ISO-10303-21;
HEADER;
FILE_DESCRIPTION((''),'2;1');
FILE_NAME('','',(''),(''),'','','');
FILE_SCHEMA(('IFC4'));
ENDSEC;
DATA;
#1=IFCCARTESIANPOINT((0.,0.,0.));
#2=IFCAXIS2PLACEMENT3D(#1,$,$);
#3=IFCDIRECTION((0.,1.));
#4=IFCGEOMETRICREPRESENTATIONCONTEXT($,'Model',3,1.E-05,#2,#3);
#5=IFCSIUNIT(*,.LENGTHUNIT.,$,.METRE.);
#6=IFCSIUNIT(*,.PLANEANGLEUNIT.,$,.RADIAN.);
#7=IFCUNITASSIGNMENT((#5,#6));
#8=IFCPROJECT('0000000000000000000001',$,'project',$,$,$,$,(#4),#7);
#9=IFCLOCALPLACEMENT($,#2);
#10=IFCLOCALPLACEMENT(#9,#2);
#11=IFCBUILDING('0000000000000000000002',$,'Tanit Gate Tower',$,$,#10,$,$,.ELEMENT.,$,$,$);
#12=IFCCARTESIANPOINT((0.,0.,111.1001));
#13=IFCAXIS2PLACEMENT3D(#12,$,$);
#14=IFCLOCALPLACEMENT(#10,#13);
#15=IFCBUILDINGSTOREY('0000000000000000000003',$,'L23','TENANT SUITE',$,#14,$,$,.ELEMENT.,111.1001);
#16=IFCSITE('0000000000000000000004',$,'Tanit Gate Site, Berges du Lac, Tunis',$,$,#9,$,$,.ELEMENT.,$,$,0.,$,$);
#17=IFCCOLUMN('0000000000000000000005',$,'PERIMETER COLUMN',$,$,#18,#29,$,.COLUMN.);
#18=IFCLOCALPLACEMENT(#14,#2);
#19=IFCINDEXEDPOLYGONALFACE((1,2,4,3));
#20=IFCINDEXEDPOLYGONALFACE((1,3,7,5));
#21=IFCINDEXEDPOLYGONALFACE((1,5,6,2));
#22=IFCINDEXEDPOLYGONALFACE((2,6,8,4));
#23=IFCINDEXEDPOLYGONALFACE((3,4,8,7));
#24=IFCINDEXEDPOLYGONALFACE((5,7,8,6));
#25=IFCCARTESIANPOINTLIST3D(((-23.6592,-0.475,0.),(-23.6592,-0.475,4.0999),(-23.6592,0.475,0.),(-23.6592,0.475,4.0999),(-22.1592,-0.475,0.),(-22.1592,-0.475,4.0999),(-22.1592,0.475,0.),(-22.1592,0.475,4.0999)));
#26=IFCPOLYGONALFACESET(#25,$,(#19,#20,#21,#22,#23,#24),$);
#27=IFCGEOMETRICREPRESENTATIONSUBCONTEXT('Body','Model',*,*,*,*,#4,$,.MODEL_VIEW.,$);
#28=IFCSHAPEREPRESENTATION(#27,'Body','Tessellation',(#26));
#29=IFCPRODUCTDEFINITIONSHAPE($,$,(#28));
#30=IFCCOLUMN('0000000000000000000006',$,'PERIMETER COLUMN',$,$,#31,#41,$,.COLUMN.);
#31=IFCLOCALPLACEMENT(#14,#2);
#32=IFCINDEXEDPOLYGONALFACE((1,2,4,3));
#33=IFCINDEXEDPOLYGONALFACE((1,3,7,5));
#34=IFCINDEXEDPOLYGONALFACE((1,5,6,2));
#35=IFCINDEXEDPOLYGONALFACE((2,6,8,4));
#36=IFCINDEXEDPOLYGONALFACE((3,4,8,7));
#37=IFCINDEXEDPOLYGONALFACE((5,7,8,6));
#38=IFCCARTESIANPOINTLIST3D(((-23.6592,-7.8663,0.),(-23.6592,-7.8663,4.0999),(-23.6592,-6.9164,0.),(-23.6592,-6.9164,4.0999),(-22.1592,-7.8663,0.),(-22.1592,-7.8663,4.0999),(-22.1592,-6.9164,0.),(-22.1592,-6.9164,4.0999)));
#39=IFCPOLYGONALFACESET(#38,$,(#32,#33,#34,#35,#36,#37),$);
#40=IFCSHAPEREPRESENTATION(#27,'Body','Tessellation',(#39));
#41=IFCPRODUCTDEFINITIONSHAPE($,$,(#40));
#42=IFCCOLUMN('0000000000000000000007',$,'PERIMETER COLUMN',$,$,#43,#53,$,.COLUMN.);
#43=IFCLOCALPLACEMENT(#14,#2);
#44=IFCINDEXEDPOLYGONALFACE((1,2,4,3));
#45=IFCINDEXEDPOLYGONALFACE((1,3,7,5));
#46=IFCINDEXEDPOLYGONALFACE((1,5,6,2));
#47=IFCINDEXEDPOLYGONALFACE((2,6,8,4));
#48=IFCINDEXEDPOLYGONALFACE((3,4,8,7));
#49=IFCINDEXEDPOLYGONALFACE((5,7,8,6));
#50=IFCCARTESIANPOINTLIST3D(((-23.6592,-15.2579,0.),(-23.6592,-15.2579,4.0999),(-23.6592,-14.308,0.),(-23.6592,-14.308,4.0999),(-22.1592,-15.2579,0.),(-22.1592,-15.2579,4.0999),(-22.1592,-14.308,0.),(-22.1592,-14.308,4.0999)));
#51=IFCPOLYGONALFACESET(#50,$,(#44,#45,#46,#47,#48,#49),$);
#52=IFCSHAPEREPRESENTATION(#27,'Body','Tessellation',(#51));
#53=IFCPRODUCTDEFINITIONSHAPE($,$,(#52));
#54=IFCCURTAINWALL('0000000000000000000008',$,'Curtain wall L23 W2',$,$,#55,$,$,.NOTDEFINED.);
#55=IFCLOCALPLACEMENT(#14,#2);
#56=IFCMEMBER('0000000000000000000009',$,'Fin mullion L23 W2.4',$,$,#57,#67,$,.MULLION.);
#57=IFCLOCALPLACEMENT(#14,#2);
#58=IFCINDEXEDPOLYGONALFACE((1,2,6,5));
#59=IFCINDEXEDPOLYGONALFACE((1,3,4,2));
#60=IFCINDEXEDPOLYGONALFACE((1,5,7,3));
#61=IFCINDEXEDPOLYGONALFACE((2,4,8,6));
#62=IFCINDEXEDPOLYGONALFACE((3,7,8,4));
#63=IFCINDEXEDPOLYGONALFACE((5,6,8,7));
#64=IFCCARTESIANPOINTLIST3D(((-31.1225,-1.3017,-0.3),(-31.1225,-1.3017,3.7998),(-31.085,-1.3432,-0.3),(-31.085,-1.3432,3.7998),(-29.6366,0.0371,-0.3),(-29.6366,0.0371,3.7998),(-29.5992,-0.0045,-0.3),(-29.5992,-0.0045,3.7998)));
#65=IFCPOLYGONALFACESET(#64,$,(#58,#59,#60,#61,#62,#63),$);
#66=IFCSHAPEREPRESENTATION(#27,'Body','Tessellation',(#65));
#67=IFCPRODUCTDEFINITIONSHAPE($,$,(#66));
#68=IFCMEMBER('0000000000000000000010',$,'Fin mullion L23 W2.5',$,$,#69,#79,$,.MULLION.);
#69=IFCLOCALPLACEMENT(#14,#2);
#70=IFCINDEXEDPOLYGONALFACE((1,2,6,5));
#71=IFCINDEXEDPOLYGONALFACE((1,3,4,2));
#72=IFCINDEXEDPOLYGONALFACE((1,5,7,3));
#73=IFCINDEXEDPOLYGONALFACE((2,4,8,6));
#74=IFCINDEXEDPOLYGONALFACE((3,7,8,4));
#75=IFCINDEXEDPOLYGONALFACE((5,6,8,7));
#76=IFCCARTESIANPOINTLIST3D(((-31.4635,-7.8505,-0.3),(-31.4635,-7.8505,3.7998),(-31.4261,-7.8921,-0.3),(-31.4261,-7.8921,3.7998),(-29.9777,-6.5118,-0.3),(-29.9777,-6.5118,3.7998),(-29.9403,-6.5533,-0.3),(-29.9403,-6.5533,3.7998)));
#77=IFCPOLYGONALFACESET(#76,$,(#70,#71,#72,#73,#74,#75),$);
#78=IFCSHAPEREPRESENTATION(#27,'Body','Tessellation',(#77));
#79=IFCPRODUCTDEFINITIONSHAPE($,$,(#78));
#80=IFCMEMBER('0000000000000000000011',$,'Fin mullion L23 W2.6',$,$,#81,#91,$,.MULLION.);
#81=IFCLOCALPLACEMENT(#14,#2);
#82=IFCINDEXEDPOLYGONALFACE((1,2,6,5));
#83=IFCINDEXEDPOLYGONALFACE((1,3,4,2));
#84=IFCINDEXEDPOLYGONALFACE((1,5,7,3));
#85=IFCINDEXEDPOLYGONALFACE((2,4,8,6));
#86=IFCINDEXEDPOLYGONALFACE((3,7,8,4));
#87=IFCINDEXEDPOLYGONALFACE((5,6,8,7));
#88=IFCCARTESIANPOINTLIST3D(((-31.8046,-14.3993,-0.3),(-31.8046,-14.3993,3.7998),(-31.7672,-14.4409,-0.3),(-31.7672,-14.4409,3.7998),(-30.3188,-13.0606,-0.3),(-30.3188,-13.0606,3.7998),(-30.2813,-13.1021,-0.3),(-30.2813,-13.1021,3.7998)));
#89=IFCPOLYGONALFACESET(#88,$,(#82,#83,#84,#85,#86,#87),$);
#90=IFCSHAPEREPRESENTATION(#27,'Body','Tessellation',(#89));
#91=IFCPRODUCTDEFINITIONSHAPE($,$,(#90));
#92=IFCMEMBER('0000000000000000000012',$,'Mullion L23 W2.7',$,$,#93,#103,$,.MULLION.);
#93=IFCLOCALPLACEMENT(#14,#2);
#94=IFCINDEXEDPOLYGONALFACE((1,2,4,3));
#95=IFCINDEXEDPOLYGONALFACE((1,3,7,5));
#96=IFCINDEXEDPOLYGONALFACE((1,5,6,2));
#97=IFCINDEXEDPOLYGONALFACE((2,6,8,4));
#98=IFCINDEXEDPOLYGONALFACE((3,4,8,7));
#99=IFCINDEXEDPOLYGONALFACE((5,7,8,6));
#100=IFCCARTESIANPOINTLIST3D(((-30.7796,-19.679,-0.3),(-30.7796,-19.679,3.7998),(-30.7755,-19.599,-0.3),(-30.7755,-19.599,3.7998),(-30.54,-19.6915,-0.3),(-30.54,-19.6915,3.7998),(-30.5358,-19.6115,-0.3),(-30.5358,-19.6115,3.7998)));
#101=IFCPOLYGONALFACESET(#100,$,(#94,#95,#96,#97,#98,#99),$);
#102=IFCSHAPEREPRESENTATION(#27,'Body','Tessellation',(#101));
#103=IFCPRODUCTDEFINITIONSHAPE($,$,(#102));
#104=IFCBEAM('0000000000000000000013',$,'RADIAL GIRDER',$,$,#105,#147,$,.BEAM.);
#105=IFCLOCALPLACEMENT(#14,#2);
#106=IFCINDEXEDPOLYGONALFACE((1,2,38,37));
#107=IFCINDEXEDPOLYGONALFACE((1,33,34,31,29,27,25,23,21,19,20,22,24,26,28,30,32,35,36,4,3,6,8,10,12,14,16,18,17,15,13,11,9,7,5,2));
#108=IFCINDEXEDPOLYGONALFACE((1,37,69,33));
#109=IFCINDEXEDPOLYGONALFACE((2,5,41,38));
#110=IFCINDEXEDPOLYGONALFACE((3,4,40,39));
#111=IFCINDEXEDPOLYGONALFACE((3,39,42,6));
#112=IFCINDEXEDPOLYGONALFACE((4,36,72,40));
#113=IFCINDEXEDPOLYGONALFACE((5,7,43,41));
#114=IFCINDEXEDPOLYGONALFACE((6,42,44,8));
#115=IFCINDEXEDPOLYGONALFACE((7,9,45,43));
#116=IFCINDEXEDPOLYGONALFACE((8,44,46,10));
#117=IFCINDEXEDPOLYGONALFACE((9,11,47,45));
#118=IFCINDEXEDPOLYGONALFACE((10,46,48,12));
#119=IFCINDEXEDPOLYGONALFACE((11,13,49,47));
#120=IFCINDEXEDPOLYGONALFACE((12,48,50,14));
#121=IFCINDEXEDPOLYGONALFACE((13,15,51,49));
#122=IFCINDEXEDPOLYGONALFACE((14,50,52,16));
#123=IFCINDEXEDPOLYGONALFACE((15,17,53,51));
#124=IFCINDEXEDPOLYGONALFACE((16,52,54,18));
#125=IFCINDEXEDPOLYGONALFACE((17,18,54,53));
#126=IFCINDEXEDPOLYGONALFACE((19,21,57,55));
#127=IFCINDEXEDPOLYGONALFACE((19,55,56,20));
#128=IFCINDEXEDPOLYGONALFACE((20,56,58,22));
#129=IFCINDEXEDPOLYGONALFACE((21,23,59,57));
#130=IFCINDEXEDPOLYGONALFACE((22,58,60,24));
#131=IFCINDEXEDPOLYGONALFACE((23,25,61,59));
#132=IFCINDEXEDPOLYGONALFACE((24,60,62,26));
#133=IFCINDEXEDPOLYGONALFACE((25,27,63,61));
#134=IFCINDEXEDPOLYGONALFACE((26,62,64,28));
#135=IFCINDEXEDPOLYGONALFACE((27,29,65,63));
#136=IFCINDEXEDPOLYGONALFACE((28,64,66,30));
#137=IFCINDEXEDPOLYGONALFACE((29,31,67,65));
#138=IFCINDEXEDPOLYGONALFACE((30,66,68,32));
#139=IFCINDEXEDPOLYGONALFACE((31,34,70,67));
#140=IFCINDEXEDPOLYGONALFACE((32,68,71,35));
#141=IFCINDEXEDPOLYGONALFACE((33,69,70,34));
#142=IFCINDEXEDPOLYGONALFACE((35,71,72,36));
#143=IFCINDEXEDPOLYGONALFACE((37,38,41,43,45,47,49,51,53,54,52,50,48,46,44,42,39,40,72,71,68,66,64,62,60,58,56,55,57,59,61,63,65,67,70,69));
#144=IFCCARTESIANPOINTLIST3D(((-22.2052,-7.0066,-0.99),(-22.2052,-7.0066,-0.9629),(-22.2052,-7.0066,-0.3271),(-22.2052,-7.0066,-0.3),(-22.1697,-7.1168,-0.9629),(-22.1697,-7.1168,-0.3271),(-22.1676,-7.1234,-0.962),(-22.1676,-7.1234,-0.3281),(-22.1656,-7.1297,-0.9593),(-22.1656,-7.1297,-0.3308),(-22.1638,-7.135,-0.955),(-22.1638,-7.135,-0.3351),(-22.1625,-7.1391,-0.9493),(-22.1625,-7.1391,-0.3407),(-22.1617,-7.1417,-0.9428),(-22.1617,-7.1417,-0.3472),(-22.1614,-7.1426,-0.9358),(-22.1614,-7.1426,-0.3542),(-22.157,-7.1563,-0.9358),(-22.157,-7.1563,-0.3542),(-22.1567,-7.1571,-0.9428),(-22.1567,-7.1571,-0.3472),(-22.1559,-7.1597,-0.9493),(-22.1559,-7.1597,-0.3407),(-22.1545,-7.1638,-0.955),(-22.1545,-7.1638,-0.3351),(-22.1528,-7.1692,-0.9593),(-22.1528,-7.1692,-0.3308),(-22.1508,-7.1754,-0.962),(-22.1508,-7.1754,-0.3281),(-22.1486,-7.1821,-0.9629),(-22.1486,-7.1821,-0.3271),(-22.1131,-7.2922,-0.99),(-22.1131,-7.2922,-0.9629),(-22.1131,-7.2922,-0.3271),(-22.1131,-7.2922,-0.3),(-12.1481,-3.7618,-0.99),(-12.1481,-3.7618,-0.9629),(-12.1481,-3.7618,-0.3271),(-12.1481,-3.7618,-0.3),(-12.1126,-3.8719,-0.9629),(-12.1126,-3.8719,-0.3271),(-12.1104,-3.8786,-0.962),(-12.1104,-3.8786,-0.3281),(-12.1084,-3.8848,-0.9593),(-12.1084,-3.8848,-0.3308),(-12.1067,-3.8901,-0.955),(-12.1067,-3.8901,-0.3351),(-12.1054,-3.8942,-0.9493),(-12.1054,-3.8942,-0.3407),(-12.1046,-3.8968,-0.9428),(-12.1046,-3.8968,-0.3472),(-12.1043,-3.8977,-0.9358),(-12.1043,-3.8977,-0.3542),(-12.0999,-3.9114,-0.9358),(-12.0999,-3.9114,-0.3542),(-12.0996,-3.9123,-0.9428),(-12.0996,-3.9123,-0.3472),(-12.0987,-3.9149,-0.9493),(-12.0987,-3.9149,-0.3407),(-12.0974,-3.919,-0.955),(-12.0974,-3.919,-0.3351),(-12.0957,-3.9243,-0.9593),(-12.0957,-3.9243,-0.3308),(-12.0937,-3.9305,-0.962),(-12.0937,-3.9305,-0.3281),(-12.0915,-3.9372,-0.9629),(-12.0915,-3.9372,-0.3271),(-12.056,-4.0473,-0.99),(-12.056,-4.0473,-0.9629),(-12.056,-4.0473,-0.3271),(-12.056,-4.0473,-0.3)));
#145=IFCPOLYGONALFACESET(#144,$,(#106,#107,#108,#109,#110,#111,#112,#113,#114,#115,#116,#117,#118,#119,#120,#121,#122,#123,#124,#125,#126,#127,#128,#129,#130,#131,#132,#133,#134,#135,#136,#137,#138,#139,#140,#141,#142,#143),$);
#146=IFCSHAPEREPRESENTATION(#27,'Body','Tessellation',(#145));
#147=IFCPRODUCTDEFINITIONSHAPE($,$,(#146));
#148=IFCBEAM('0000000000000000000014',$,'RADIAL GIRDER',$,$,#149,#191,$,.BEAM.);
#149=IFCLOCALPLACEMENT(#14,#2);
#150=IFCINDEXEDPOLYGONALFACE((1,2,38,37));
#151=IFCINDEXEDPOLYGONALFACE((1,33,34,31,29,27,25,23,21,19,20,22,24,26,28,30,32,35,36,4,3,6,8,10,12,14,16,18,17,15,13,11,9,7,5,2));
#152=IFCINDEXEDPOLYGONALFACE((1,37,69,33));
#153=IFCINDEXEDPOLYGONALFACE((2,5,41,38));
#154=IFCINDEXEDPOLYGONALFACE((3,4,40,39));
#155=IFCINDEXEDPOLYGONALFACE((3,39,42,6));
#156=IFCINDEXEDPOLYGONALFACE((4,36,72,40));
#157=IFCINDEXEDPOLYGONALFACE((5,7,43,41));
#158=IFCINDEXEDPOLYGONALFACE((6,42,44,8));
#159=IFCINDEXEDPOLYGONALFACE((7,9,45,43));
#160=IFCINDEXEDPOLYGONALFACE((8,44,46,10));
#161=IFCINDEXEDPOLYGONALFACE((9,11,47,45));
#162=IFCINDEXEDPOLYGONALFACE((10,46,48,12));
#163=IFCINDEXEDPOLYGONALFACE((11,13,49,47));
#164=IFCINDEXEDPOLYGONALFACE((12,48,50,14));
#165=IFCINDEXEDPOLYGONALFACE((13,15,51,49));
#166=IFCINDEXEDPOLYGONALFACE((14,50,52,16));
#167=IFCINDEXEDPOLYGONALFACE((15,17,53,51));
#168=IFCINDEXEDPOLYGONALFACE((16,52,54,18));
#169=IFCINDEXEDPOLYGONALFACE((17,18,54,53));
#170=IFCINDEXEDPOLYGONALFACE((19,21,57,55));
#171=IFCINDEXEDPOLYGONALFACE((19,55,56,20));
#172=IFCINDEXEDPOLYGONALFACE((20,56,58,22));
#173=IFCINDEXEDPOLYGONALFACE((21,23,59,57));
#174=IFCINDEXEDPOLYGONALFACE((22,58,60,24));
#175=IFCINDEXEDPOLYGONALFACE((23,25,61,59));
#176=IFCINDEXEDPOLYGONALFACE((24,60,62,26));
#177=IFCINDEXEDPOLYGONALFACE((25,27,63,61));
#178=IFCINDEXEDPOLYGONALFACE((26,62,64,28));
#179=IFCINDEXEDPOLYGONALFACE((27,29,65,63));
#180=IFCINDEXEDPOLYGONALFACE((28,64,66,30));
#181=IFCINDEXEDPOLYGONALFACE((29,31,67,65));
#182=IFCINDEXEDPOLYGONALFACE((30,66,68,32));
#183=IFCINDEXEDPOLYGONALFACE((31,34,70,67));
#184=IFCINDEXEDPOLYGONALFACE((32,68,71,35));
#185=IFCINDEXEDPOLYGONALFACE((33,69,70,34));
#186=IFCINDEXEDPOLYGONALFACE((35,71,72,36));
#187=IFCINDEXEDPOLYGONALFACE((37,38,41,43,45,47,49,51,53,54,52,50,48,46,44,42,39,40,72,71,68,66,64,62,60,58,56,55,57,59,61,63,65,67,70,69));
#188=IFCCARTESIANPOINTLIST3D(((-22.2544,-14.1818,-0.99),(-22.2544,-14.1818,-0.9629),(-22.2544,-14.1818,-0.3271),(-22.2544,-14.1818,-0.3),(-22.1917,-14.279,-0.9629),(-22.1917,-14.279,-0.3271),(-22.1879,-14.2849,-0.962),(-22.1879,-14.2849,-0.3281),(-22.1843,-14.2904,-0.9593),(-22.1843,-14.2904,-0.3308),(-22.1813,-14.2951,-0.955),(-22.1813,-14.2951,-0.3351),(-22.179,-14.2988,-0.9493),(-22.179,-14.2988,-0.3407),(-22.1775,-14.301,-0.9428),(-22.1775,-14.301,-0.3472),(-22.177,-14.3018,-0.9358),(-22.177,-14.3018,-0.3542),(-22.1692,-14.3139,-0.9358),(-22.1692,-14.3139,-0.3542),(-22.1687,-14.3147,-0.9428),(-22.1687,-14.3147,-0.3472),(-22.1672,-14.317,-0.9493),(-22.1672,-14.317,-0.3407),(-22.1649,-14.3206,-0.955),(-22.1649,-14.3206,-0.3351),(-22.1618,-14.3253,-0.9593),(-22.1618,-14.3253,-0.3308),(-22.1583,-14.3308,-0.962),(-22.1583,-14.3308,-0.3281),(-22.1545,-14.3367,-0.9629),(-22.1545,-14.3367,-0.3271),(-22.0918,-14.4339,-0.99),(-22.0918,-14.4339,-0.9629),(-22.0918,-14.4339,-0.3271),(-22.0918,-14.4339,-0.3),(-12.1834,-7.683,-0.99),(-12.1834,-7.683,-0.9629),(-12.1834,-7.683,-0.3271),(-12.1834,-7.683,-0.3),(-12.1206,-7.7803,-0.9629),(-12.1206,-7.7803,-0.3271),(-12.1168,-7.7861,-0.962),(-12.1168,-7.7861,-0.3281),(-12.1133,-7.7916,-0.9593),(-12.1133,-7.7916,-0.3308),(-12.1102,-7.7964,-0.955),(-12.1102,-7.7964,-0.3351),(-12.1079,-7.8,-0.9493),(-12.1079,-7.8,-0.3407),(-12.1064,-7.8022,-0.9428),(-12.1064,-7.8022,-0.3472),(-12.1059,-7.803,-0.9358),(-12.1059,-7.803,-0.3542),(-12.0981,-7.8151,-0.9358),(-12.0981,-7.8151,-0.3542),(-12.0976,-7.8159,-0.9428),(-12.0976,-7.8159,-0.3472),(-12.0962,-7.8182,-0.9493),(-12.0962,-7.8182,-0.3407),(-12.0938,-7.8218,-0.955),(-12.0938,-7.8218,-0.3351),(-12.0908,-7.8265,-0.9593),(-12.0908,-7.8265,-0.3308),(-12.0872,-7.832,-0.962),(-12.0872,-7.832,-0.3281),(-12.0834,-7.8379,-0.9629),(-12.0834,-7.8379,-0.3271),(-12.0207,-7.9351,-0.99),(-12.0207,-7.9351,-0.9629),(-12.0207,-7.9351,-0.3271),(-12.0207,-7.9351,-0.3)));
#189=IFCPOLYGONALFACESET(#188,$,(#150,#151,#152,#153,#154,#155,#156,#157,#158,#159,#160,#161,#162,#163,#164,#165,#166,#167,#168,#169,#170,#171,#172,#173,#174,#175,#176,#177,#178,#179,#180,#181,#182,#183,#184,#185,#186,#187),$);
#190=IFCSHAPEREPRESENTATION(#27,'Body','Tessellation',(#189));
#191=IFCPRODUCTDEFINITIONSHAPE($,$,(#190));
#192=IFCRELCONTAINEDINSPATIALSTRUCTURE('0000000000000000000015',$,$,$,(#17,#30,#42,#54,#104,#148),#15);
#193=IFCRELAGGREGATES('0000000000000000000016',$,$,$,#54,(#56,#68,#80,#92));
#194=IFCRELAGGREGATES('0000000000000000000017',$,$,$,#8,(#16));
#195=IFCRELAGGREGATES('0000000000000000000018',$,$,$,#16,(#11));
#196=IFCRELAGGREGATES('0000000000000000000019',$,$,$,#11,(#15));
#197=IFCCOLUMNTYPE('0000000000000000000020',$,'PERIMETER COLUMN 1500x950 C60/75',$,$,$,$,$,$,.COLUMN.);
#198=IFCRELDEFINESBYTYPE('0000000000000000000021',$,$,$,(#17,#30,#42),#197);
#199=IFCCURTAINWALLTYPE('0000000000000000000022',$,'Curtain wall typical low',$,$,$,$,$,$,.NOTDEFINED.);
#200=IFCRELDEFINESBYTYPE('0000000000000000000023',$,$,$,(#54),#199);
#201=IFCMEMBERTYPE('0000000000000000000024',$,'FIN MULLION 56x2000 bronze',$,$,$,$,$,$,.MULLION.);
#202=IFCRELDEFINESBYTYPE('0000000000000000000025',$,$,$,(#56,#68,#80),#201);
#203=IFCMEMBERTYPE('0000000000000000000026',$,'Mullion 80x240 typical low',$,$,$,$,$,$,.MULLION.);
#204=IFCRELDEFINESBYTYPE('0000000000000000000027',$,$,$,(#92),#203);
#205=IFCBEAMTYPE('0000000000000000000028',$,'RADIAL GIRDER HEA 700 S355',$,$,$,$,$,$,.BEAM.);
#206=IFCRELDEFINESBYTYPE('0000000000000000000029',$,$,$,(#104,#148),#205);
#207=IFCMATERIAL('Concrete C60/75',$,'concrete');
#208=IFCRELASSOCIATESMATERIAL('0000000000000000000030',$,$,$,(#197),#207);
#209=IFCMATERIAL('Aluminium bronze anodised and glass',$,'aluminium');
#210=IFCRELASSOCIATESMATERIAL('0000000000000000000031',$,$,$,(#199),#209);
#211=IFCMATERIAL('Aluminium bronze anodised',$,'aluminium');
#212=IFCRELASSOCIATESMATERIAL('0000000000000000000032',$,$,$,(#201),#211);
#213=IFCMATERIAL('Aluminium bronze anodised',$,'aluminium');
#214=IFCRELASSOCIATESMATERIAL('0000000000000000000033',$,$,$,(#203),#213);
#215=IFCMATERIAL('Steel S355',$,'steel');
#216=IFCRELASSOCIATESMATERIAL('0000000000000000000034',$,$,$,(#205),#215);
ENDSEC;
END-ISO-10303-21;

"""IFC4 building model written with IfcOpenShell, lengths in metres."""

from ifc_helpers import new_model, si_unit, direction, frame, origin, origin_2d, place, context, subcontext, project, spatial, rectangle, i_section, extrude, material, material_profile, profile_set, type_object, element, aggregate, save


model = new_model("IFC4")

# Units and contexts
model_context = context("Model", 3, precision=1e-05, world=origin(), true_north=direction((0.0, 1.0)))
body_context = subcontext(model_context, "Body", "Model", "MODEL_VIEW")
ifc_project = project(units=[si_unit("LENGTHUNIT", "METRE"), si_unit("PLANEANGLEUNIT", "RADIAN")], contexts=[model_context])

# Site, building, storey
site_placement = place(None, origin())
site = spatial("IfcSite", under=ifc_project, at=site_placement, Name="Tanit Gate Site, Berges du Lac, Tunis", CompositionType="ELEMENT", RefElevation=0.0)
building_placement = place(site_placement, origin())
building = spatial("IfcBuilding", under=site, at=building_placement, Name="Tanit Gate Tower", CompositionType="ELEMENT")
storey_placement = place(building_placement, frame((0.0, 0.0, 111.1001)))
storey = spatial("IfcBuildingStorey", under=building, at=storey_placement, Name="L23", Description="TENANT SUITE", CompositionType="ELEMENT", Elevation=111.1001)

# Columns
ifc_material_1 = material(Name="Concrete C60/75", Category="concrete")
ifc_material_profile_1 = material_profile(ifc_material_1, rectangle(XDim=1.5, YDim=0.95, at=origin_2d()), Name="RC 1500x950")
ifc_profile_set_1 = profile_set([ifc_material_profile_1], Name="Concrete C60/75")
column_type = type_object("IfcColumnType", Name="PERIMETER COLUMN 1500x950 C60/75", PredefinedType="COLUMN", material=ifc_profile_set_1)
for number, where, z_axis, x_axis, name in (
    (1, (-22.9092, 0.0, 0.0), (0.0, 0.0, 1.0), (-1.0, 0.0, 0.0), "PERIMETER COLUMN"),
    (2, (-22.9092, -7.3914, 0.0), (0.0, 0.0, 1.0), (-1.0, 0.0, 0.0), "PERIMETER COLUMN"),
    (3, (-22.9092, -14.783, 0.0), (0.0, 0.0, 1.0), (-1.0, 0.0, 0.0), "PERIMETER COLUMN"),
):
    element("IfcColumn", number, at=place(storey_placement, frame(where, z_axis=z_axis, x_axis=x_axis)), inside=storey, type_object=column_type, Name=name, PredefinedType="COLUMN", context=body_context, shape_type="SweptSolid", body=[
        extrude(rectangle(XDim=1.5, YDim=0.95, at=origin_2d()), origin(), (0.0, 0.0, 1.0), 4.0999),
    ])

# Curtain wall, members
ifc_material_2 = material(Name="Aluminium bronze anodised and glass", Category="aluminium")
curtain_wall_type = type_object("IfcCurtainWallType", Name="Curtain wall typical low", PredefinedType="NOTDEFINED", material=ifc_material_2)
curtain_wall_1_placement = place(storey_placement, origin())
curtain_wall_1 = element("IfcCurtainWall", 4, at=curtain_wall_1_placement, inside=storey, type_object=curtain_wall_type, Name="Curtain wall L23 W2", PredefinedType="NOTDEFINED")
ifc_material_3 = material(Name="Aluminium bronze anodised", Category="aluminium")
ifc_material_profile_2 = material_profile(ifc_material_3, rectangle(XDim=2.0, YDim=0.0559, at=origin_2d()), Name="56x2000 bronze fin mullion")
ifc_profile_set_2 = profile_set([ifc_material_profile_2], Name="Aluminium bronze anodised")
member_type_1 = type_object("IfcMemberType", Name="FIN MULLION 56x2000 bronze", PredefinedType="MULLION", material=ifc_profile_set_2)
member_1_placement = place(storey_placement, frame((-30.3608, -0.6531, -0.3), z_axis=(0.0, 0.0, 1.0), x_axis=(0.742922, 0.669378, 0.0)))
member_1 = element("IfcMember", 5, at=member_1_placement, type_object=member_type_1, Name="Fin mullion L23 W2.4", PredefinedType="MULLION", context=body_context, shape_type="SweptSolid", body=[
    extrude(rectangle(XDim=2.0, YDim=0.0559, at=origin_2d()), origin(), (0.0, 0.0, 1.0), 4.0999),
])
member_2_placement = place(storey_placement, frame((-30.7019, -7.2019, -0.3), z_axis=(0.0, 0.0, 1.0), x_axis=(0.742922, 0.669378, 0.0)))
member_2 = element("IfcMember", 6, at=member_2_placement, type_object=member_type_1, Name="Fin mullion L23 W2.5", PredefinedType="MULLION", context=body_context, shape_type="SweptSolid", body=[
    extrude(rectangle(XDim=2.0, YDim=0.0559, at=origin_2d()), origin(), (0.0, 0.0, 1.0), 4.0999),
])
member_3_placement = place(storey_placement, frame((-31.043, -13.7507, -0.3), z_axis=(0.0, 0.0, 1.0), x_axis=(0.742922, 0.669378, 0.0)))
member_3 = element("IfcMember", 7, at=member_3_placement, type_object=member_type_1, Name="Fin mullion L23 W2.6", PredefinedType="MULLION", context=body_context, shape_type="SweptSolid", body=[
    extrude(rectangle(XDim=2.0, YDim=0.0559, at=origin_2d()), origin(), (0.0, 0.0, 1.0), 4.0999),
])
ifc_material_4 = material(Name="Aluminium bronze anodised", Category="aluminium")
ifc_material_profile_3 = material_profile(ifc_material_4, rectangle(XDim=0.24, YDim=0.0801, at=origin_2d()), Name="80x240 bronze mullion")
ifc_profile_set_3 = profile_set([ifc_material_profile_3], Name="Aluminium bronze anodised")
member_type_2 = type_object("IfcMemberType", Name="Mullion 80x240 typical low", PredefinedType="MULLION", material=ifc_profile_set_3)
member_4_placement = place(storey_placement, frame((-30.6577, -19.6453, -0.3), z_axis=(0.0, 0.0, 1.0), x_axis=(0.998647, -0.052003, 0.0)))
member_4 = element("IfcMember", 8, at=member_4_placement, type_object=member_type_2, Name="Mullion L23 W2.7", PredefinedType="MULLION", context=body_context, shape_type="SweptSolid", body=[
    extrude(rectangle(XDim=0.24, YDim=0.0801, at=origin_2d()), origin(), (0.0, 0.0, 1.0), 4.0999),
])

# Beams
ifc_material_5 = material(Name="Steel S355", Category="steel")
ifc_material_profile_4 = material_profile(ifc_material_5, i_section(OverallWidth=0.3, OverallDepth=0.6899, WebThickness=0.0144, FlangeThickness=0.0271, FilletRadius=0.0271, at=origin_2d()), Name="HEA 700")
ifc_profile_set_4 = profile_set([ifc_material_profile_4], Name="Steel S355")
beam_type = type_object("IfcBeamType", Name="RADIAL GIRDER HEA 700 S355", PredefinedType="BEAM", material=ifc_profile_set_4)
beam_1_placement = place(storey_placement, frame((-22.1592, -7.1494, -0.645), z_axis=(0.951691, 0.307057, 0.0), x_axis=(-0.307057, 0.951691, 0.0)))
element("IfcBeam", 9, at=beam_1_placement, inside=storey, type_object=beam_type, Name="RADIAL GIRDER", PredefinedType="BEAM", context=body_context, shape_type="SweptSolid", body=[
    extrude(i_section(OverallWidth=0.3, OverallDepth=0.6899, WebThickness=0.0144, FlangeThickness=0.0271, FilletRadius=0.0271, at=origin_2d()), origin(), (0.0, 0.0, 1.0), 10.5676),
])
beam_2_placement = place(storey_placement, frame((-22.1731, -14.3079, -0.645), z_axis=(0.840246, 0.542205, 0.0), x_axis=(-0.542205, 0.840246, 0.0)))
element("IfcBeam", 10, at=beam_2_placement, inside=storey, type_object=beam_type, Name="RADIAL GIRDER", PredefinedType="BEAM", context=body_context, shape_type="SweptSolid", body=[
    extrude(i_section(OverallWidth=0.3, OverallDepth=0.6899, WebThickness=0.0144, FlangeThickness=0.0271, FilletRadius=0.0271, at=origin_2d()), origin(), (0.0, 0.0, 1.0), 11.9858),
])

aggregate(curtain_wall_1, [member_1, member_2, member_3, member_4])

save(model, "model.ifc")
